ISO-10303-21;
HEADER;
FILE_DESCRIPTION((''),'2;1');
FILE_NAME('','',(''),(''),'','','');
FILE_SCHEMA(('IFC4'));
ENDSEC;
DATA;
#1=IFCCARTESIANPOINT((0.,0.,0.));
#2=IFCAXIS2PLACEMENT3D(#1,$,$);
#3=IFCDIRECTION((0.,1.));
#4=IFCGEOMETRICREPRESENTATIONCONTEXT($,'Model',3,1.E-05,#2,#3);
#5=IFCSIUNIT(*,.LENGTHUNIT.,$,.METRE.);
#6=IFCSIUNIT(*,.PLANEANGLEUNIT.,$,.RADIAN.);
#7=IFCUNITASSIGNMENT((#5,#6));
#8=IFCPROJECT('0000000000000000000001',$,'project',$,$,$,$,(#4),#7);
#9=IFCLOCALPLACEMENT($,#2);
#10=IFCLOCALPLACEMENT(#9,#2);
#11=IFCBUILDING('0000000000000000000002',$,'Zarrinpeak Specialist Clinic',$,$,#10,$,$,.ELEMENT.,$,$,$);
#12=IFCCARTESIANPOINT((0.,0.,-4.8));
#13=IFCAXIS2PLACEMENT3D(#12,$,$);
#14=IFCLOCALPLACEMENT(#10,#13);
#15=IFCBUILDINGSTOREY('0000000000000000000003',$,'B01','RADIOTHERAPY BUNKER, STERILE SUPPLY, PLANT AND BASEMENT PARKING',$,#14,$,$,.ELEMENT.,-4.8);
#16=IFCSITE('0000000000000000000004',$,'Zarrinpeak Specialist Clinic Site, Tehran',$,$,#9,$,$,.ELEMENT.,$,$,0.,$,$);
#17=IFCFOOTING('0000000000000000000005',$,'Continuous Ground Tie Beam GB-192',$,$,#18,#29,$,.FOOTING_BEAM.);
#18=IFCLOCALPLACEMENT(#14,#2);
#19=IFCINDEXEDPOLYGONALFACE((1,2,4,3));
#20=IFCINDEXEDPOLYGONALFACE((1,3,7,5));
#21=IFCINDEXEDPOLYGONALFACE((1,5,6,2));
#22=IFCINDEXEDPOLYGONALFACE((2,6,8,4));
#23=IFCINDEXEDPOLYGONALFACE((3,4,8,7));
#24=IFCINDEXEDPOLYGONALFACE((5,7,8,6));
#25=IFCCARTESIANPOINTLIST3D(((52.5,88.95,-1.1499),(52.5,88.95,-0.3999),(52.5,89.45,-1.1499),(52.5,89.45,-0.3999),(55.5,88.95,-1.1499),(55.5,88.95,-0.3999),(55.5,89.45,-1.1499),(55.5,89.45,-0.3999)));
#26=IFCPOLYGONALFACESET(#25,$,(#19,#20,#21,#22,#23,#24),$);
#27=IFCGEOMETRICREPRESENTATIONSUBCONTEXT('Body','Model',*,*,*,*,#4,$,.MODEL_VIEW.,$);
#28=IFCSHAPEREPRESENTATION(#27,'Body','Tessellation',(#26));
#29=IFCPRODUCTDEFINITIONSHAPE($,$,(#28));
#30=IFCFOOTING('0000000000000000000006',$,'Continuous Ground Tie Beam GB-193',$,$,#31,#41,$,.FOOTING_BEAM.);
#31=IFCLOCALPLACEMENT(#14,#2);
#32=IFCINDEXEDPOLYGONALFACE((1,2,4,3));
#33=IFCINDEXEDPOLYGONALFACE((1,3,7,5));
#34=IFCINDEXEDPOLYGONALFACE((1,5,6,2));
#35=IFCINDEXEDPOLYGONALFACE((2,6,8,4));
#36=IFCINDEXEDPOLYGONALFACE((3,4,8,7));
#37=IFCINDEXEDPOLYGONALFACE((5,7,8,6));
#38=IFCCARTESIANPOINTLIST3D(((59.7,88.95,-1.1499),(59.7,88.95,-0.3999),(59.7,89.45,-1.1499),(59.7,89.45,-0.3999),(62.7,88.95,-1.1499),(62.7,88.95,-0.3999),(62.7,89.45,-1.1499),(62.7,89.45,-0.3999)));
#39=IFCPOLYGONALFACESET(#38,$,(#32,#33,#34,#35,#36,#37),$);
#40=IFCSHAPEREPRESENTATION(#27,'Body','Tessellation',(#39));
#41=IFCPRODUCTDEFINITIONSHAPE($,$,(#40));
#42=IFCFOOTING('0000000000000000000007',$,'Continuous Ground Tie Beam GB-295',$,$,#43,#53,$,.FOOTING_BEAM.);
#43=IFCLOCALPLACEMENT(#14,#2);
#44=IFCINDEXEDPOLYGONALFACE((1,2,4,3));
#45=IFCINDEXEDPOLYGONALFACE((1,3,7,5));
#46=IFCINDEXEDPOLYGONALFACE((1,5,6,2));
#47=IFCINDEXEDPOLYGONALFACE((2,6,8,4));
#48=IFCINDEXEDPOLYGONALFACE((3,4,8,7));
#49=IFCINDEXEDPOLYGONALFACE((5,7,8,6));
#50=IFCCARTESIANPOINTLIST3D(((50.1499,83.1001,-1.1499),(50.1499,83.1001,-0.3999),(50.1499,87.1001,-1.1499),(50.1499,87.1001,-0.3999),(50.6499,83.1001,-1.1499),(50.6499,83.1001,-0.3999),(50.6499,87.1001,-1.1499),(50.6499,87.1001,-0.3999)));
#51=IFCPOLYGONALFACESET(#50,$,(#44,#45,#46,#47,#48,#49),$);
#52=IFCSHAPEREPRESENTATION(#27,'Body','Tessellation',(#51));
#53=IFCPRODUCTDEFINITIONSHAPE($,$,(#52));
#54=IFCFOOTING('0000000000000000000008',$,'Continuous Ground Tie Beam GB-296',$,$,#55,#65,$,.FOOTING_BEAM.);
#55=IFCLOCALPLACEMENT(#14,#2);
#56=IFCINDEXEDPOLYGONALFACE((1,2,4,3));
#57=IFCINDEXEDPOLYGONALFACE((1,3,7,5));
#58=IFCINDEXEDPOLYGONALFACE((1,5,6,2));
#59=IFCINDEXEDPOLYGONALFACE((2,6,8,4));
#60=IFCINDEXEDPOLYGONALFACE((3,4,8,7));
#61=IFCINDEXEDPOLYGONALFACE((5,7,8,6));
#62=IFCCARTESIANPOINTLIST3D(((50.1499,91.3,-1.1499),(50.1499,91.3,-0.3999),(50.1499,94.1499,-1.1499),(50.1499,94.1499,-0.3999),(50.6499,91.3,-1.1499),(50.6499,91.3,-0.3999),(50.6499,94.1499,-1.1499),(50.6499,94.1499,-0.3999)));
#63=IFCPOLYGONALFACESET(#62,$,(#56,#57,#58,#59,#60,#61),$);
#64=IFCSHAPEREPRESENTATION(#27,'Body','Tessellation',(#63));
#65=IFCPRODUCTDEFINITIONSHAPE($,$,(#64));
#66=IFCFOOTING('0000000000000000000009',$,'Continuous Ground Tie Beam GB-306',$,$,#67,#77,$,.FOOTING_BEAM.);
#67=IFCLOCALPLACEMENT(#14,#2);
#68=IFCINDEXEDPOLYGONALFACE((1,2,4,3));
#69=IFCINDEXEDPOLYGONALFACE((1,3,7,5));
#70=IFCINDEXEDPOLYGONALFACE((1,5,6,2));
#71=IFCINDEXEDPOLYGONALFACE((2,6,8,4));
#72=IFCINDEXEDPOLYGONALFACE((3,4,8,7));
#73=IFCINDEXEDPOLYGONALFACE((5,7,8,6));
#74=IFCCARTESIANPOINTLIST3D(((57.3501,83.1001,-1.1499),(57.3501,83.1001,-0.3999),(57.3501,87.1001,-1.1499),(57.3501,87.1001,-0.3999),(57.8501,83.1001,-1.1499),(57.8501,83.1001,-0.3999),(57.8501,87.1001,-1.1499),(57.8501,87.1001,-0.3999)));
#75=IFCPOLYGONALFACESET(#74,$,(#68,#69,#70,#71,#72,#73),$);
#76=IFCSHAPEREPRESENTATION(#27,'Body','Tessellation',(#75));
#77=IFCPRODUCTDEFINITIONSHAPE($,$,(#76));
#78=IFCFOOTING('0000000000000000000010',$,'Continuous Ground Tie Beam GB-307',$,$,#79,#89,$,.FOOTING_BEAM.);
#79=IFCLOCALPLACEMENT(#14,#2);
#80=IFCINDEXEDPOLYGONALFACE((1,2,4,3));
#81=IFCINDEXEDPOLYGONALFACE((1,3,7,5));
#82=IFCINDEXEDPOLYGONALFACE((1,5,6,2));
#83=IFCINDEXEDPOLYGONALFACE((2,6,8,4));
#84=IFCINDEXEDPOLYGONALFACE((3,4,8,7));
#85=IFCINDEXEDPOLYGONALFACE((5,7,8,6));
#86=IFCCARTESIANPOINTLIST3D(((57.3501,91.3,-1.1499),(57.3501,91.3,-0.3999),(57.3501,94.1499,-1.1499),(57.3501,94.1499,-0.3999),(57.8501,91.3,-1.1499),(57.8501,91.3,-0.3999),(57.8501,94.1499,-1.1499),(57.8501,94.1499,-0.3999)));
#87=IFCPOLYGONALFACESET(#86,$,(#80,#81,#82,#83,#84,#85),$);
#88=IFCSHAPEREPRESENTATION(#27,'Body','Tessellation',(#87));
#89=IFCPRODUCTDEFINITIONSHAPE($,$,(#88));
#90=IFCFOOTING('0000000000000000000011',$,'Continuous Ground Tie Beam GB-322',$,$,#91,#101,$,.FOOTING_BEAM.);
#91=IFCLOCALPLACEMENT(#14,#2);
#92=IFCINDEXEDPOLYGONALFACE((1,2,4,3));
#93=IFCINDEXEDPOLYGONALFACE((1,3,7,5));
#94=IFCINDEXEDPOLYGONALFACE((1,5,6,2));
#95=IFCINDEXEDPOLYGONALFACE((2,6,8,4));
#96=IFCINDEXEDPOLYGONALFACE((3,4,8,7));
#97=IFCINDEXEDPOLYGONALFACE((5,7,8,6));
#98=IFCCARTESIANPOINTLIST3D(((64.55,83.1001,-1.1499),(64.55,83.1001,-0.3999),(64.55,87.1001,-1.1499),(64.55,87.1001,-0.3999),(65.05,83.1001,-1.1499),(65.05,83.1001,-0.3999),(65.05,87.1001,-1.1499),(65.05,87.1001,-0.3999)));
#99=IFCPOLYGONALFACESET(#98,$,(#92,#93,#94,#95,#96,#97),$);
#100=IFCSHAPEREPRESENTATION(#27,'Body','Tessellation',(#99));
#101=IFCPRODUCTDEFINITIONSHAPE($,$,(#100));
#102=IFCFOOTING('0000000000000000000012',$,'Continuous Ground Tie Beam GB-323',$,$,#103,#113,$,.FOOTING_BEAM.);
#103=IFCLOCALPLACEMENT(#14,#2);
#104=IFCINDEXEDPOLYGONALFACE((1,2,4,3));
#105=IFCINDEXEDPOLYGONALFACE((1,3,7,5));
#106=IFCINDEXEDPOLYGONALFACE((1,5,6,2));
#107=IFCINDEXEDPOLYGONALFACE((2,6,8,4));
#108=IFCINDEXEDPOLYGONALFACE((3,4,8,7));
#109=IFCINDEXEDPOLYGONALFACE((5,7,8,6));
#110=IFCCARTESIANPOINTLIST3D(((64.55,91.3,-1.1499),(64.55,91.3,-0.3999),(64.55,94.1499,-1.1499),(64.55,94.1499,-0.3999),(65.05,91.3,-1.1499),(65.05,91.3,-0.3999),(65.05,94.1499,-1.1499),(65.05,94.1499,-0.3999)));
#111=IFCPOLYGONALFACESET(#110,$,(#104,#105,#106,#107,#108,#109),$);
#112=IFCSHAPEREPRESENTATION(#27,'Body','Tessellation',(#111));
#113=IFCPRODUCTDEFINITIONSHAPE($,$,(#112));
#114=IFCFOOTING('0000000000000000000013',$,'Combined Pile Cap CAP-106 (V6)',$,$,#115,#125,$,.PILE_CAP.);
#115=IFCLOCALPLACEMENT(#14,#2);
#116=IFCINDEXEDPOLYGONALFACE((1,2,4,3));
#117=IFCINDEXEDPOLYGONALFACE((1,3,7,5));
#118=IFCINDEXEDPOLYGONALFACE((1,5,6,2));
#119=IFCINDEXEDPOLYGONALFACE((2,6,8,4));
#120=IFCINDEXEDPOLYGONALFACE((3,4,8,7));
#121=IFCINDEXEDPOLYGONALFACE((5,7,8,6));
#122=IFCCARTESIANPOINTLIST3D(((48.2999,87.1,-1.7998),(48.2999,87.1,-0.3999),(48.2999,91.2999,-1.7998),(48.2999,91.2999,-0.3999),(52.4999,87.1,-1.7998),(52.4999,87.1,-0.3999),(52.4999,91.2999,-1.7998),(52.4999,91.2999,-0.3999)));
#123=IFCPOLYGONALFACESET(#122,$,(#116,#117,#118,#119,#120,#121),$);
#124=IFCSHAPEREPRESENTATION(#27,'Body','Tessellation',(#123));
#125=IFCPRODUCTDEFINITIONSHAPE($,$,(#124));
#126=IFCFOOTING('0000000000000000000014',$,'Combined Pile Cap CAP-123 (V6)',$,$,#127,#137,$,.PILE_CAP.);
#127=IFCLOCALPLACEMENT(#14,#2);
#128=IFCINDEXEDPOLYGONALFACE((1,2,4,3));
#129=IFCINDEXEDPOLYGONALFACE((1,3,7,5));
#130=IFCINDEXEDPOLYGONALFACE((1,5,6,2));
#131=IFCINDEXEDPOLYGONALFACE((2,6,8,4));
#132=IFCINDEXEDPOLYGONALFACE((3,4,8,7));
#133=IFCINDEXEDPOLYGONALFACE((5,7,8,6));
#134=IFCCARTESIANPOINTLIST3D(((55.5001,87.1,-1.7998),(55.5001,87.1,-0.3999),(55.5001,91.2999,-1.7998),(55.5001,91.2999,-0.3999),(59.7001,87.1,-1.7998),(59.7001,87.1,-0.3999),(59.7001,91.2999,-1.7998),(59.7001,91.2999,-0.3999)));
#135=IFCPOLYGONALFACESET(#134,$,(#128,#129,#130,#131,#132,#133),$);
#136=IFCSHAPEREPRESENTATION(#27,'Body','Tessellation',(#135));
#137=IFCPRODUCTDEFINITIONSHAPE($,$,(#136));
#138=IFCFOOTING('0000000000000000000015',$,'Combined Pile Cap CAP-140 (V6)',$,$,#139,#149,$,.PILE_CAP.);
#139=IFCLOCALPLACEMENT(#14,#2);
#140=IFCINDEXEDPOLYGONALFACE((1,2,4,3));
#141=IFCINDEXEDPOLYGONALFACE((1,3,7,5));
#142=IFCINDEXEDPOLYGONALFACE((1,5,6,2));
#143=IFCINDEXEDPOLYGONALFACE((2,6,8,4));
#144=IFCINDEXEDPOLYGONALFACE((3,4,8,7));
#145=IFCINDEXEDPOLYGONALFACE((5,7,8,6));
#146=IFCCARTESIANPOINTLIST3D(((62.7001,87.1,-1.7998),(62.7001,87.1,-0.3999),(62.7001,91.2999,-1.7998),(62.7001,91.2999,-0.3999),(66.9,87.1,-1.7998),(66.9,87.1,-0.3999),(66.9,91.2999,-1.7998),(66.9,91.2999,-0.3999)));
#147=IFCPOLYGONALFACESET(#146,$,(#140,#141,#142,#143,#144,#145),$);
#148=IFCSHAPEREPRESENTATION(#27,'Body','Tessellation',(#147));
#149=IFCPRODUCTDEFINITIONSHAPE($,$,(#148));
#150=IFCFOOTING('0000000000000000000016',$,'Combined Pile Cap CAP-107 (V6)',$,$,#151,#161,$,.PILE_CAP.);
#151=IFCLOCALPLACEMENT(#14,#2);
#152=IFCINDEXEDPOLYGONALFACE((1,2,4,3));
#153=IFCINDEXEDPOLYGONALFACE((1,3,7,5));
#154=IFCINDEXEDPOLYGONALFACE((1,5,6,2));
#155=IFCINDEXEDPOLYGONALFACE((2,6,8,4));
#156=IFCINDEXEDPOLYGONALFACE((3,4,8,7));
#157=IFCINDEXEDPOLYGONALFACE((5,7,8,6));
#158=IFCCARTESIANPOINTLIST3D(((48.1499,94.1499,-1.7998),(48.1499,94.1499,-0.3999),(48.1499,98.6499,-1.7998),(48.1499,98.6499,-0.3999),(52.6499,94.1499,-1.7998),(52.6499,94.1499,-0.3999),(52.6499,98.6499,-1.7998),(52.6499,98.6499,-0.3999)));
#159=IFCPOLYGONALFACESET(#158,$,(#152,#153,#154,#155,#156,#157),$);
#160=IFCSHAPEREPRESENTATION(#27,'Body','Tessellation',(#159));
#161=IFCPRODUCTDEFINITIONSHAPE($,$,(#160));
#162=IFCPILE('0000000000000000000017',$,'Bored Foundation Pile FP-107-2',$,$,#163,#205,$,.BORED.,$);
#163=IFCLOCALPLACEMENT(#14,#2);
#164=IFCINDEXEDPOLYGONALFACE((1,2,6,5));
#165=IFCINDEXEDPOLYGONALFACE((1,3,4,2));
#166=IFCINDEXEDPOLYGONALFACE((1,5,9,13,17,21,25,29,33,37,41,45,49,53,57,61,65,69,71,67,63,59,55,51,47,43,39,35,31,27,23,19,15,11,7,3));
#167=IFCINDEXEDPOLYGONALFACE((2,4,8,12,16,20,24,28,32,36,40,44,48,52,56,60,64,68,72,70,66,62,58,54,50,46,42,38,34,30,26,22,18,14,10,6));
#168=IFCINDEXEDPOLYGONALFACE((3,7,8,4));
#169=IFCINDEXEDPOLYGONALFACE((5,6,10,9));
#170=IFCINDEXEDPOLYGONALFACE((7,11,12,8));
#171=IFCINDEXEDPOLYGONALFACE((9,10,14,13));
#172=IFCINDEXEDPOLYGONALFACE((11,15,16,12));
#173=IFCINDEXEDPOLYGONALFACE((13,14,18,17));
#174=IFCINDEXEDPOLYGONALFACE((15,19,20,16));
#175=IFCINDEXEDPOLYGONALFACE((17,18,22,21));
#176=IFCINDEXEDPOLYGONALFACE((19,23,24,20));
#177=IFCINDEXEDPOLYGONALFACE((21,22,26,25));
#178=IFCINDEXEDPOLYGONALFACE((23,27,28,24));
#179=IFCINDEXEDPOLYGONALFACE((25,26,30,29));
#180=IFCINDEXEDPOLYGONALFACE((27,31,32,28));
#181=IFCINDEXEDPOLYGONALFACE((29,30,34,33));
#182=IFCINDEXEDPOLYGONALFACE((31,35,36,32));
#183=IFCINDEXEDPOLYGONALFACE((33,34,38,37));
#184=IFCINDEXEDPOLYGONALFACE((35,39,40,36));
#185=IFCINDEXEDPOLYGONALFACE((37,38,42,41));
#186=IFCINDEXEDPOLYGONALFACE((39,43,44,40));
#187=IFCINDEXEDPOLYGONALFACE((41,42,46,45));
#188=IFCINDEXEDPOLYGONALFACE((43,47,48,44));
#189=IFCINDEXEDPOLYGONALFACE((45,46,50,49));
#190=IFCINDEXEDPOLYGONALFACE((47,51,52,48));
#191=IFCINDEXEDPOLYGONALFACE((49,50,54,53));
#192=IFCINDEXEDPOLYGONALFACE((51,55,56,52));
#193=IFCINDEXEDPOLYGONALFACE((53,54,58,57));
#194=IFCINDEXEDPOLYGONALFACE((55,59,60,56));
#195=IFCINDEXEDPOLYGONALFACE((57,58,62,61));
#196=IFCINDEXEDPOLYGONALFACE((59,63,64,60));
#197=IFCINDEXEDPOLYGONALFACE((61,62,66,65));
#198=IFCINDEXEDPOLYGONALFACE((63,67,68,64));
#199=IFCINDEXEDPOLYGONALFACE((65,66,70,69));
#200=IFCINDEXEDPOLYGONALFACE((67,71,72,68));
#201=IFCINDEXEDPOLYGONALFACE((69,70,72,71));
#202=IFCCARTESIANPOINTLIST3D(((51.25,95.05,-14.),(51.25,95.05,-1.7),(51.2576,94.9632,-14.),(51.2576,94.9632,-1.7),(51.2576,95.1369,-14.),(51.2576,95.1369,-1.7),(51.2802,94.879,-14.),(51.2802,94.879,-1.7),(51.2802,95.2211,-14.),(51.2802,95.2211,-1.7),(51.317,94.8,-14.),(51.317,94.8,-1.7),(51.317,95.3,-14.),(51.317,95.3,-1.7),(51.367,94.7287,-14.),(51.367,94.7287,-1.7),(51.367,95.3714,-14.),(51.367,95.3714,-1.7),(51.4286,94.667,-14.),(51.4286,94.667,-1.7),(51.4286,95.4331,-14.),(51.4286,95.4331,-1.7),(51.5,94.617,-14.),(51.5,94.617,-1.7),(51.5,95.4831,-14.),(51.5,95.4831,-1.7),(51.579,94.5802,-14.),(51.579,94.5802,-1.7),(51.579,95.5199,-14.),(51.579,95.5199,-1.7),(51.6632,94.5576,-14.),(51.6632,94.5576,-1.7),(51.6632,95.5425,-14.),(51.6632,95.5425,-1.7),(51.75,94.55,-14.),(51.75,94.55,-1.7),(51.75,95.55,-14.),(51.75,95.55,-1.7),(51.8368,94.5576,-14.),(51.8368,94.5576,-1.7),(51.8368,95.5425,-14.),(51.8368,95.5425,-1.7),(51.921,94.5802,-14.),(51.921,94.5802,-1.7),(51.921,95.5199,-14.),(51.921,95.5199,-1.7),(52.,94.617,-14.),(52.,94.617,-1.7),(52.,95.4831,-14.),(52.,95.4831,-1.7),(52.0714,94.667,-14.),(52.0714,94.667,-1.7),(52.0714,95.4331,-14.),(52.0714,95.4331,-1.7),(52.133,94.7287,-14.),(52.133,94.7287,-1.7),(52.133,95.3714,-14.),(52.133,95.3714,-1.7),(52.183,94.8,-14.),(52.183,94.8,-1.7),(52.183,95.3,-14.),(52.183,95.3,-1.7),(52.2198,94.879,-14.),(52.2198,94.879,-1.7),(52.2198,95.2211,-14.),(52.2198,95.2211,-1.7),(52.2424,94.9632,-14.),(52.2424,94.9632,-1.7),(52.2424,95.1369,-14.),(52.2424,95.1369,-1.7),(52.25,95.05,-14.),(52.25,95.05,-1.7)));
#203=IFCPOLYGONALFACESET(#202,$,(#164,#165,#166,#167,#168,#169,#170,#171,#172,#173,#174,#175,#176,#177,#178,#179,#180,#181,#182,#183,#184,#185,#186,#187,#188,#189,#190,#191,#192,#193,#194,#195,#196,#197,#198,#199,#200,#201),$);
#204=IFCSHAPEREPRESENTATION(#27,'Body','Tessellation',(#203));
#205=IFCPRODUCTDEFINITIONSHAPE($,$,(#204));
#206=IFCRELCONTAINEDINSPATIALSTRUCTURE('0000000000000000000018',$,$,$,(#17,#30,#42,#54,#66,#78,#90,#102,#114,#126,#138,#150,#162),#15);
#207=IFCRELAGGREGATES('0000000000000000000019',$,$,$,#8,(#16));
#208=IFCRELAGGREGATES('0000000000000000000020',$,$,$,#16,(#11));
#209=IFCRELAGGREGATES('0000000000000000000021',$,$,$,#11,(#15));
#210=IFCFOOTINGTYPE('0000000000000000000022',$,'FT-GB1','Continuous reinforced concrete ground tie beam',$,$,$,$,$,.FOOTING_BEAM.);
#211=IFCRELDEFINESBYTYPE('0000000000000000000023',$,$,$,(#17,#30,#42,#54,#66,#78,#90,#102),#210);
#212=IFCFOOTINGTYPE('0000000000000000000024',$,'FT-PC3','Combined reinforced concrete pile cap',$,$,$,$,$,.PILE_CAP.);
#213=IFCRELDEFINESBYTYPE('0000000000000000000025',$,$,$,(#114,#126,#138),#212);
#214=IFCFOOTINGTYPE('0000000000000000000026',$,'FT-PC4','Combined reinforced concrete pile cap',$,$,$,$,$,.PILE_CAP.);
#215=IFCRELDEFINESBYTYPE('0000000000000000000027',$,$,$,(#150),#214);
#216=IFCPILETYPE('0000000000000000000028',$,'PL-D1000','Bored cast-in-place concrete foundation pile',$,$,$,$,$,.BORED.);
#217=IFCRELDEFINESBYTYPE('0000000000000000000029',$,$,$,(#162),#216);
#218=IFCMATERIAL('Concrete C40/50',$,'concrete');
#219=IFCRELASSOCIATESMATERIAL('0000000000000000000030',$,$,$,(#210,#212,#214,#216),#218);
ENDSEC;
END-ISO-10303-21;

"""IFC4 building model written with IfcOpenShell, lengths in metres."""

from ifc_helpers import new_model, si_unit, direction, frame, origin, origin_2d, place, context, subcontext, project, spatial, rectangle, circle, extrude, material, material_profile, profile_set, type_object, element, save


model = new_model("IFC4")

# Units and contexts
model_context = context("Model", 3, precision=1e-05, world=origin(), true_north=direction((0.0, 1.0)))
body_context = subcontext(model_context, "Body", "Model", "MODEL_VIEW")
ifc_project = project(units=[si_unit("LENGTHUNIT", "METRE"), si_unit("PLANEANGLEUNIT", "RADIAN")], contexts=[model_context])

# Site, building, storey
site_placement = place(None, origin())
site = spatial("IfcSite", under=ifc_project, at=site_placement, Name="Zarrinpeak Specialist Clinic Site, Tehran", CompositionType="ELEMENT", RefElevation=0.0)
building_placement = place(site_placement, origin())
building = spatial("IfcBuilding", under=site, at=building_placement, Name="Zarrinpeak Specialist Clinic", CompositionType="ELEMENT")
storey_placement = place(building_placement, frame((0.0, 0.0, -4.8)))
storey = spatial("IfcBuildingStorey", under=building, at=storey_placement, Name="B01", Description="RADIOTHERAPY BUNKER, STERILE SUPPLY, PLANT AND BASEMENT PARKING", CompositionType="ELEMENT", Elevation=-4.8)

# Footings
ifc_material = material(Name="Concrete C40/50", Category="concrete")
ifc_material_profile_1 = material_profile(ifc_material, rectangle(XDim=0.5, YDim=0.75, at=origin_2d()), Name="RC 500x750")
ifc_profile_set_1 = profile_set([ifc_material_profile_1], Name="Concrete C40/50")
footing_type_1 = type_object("IfcFootingType", Name="FT-GB1", Description="Continuous reinforced concrete ground tie beam", PredefinedType="FOOTING_BEAM", material=ifc_profile_set_1)
for number, where, z_axis, x_axis, name in (
    (1, (52.5, 89.2, -0.7749), (1.0, 0.0, 0.0), (0.0, 1.0, 0.0), "Continuous Ground Tie Beam GB-192"),
    (2, (59.7, 89.2, -0.7749), (1.0, 0.0, 0.0), (0.0, 1.0, 0.0), "Continuous Ground Tie Beam GB-193"),
):
    element("IfcFooting", number, at=place(storey_placement, frame(where, z_axis=z_axis, x_axis=x_axis)), inside=storey, type_object=footing_type_1, Name=name, PredefinedType="FOOTING_BEAM", context=body_context, shape_type="SweptSolid", body=[
        extrude(rectangle(XDim=0.5, YDim=0.75, at=origin_2d()), origin(), (0.0, 0.0, 1.0), 3.0),
    ])
footing_1_placement = place(storey_placement, frame((50.3999, 83.1001, -0.7749), z_axis=(0.0, 1.0, 0.0), x_axis=(-1.0, 0.0, 0.0)))
element("IfcFooting", 3, at=footing_1_placement, inside=storey, type_object=footing_type_1, Name="Continuous Ground Tie Beam GB-295", PredefinedType="FOOTING_BEAM", context=body_context, shape_type="SweptSolid", body=[
    extrude(rectangle(XDim=0.5, YDim=0.75, at=origin_2d()), origin(), (0.0, 0.0, 1.0), 4.0),
])
footing_2_placement = place(storey_placement, frame((50.3999, 91.3, -0.7749), z_axis=(0.0, 1.0, 0.0), x_axis=(-1.0, 0.0, 0.0)))
element("IfcFooting", 4, at=footing_2_placement, inside=storey, type_object=footing_type_1, Name="Continuous Ground Tie Beam GB-296", PredefinedType="FOOTING_BEAM", context=body_context, shape_type="SweptSolid", body=[
    extrude(rectangle(XDim=0.5, YDim=0.75, at=origin_2d()), origin(), (0.0, 0.0, 1.0), 2.8499),
])
footing_3_placement = place(storey_placement, frame((57.6001, 83.1001, -0.7749), z_axis=(0.0, 1.0, 0.0), x_axis=(-1.0, 0.0, 0.0)))
element("IfcFooting", 5, at=footing_3_placement, inside=storey, type_object=footing_type_1, Name="Continuous Ground Tie Beam GB-306", PredefinedType="FOOTING_BEAM", context=body_context, shape_type="SweptSolid", body=[
    extrude(rectangle(XDim=0.5, YDim=0.75, at=origin_2d()), origin(), (0.0, 0.0, 1.0), 4.0),
])
footing_4_placement = place(storey_placement, frame((57.6001, 91.3, -0.7749), z_axis=(0.0, 1.0, 0.0), x_axis=(-1.0, 0.0, 0.0)))
element("IfcFooting", 6, at=footing_4_placement, inside=storey, type_object=footing_type_1, Name="Continuous Ground Tie Beam GB-307", PredefinedType="FOOTING_BEAM", context=body_context, shape_type="SweptSolid", body=[
    extrude(rectangle(XDim=0.5, YDim=0.75, at=origin_2d()), origin(), (0.0, 0.0, 1.0), 2.8499),
])
footing_5_placement = place(storey_placement, frame((64.8, 83.1001, -0.7749), z_axis=(0.0, 1.0, 0.0), x_axis=(-1.0, 0.0, 0.0)))
element("IfcFooting", 7, at=footing_5_placement, inside=storey, type_object=footing_type_1, Name="Continuous Ground Tie Beam GB-322", PredefinedType="FOOTING_BEAM", context=body_context, shape_type="SweptSolid", body=[
    extrude(rectangle(XDim=0.5, YDim=0.75, at=origin_2d()), origin(), (0.0, 0.0, 1.0), 4.0),
])
footing_6_placement = place(storey_placement, frame((64.8, 91.3, -0.7749), z_axis=(0.0, 1.0, 0.0), x_axis=(-1.0, 0.0, 0.0)))
element("IfcFooting", 8, at=footing_6_placement, inside=storey, type_object=footing_type_1, Name="Continuous Ground Tie Beam GB-323", PredefinedType="FOOTING_BEAM", context=body_context, shape_type="SweptSolid", body=[
    extrude(rectangle(XDim=0.5, YDim=0.75, at=origin_2d()), origin(), (0.0, 0.0, 1.0), 2.8499),
])
footing_type_2 = type_object("IfcFootingType", Name="FT-PC3", Description="Combined reinforced concrete pile cap", PredefinedType="PILE_CAP", material=ifc_material)
for number, where, z_axis, x_axis, name in (
    (9, (50.3999, 89.2, -1.7998), (0.0, 0.0, 1.0), (1.0, 0.0, 0.0), "Combined Pile Cap CAP-106 (V6)"),
    (10, (57.6001, 89.2, -1.7998), (0.0, 0.0, 1.0), (1.0, 0.0, 0.0), "Combined Pile Cap CAP-123 (V6)"),
    (11, (64.8, 89.2, -1.7998), (0.0, 0.0, 1.0), (1.0, 0.0, 0.0), "Combined Pile Cap CAP-140 (V6)"),
):
    element("IfcFooting", number, at=place(storey_placement, frame(where, z_axis=z_axis, x_axis=x_axis)), inside=storey, type_object=footing_type_2, Name=name, PredefinedType="PILE_CAP", context=body_context, shape_type="SweptSolid", body=[
        extrude(rectangle(XDim=4.2, YDim=4.2, at=origin_2d()), origin(), (0.0, 0.0, 1.0), 1.3999),
    ])
footing_type_3 = type_object("IfcFootingType", Name="FT-PC4", Description="Combined reinforced concrete pile cap", PredefinedType="PILE_CAP", material=ifc_material)
footing_7_placement = place(storey_placement, frame((50.3999, 96.3999, -1.7998), z_axis=(0.0, 0.0, 1.0), x_axis=(1.0, 0.0, 0.0)))
element("IfcFooting", 12, at=footing_7_placement, inside=storey, type_object=footing_type_3, Name="Combined Pile Cap CAP-107 (V6)", PredefinedType="PILE_CAP", context=body_context, shape_type="SweptSolid", body=[
    extrude(rectangle(XDim=4.5, YDim=4.5, at=origin_2d()), origin(), (0.0, 0.0, 1.0), 1.3999),
])

# Pile
ifc_material_profile_2 = material_profile(ifc_material, circle(Radius=0.5, at=origin_2d()), Name="BORED PILE D1000")
ifc_profile_set_2 = profile_set([ifc_material_profile_2], Name="Concrete C40/50")
pile_type_1 = type_object("IfcPileType", Name="PL-D1000", Description="Bored cast-in-place concrete foundation pile", PredefinedType="BORED", material=ifc_profile_set_2)
for number, where, z_axis, x_axis, name in (
    (13, (51.75, 95.05, -1.7), (0.0, 0.0, -1.0), (1.0, 0.0, 0.0), "Bored Foundation Pile FP-107-2"),
):
    element("IfcPile", number, at=place(storey_placement, frame(where, z_axis=z_axis, x_axis=x_axis)), inside=storey, type_object=pile_type_1, Name=name, PredefinedType="BORED", context=body_context, shape_type="SweptSolid", body=[
        extrude(circle(Radius=0.5, at=origin_2d()), origin(), (0.0, 0.0, 1.0), 12.3),
    ])

save(model, "model.ifc")
